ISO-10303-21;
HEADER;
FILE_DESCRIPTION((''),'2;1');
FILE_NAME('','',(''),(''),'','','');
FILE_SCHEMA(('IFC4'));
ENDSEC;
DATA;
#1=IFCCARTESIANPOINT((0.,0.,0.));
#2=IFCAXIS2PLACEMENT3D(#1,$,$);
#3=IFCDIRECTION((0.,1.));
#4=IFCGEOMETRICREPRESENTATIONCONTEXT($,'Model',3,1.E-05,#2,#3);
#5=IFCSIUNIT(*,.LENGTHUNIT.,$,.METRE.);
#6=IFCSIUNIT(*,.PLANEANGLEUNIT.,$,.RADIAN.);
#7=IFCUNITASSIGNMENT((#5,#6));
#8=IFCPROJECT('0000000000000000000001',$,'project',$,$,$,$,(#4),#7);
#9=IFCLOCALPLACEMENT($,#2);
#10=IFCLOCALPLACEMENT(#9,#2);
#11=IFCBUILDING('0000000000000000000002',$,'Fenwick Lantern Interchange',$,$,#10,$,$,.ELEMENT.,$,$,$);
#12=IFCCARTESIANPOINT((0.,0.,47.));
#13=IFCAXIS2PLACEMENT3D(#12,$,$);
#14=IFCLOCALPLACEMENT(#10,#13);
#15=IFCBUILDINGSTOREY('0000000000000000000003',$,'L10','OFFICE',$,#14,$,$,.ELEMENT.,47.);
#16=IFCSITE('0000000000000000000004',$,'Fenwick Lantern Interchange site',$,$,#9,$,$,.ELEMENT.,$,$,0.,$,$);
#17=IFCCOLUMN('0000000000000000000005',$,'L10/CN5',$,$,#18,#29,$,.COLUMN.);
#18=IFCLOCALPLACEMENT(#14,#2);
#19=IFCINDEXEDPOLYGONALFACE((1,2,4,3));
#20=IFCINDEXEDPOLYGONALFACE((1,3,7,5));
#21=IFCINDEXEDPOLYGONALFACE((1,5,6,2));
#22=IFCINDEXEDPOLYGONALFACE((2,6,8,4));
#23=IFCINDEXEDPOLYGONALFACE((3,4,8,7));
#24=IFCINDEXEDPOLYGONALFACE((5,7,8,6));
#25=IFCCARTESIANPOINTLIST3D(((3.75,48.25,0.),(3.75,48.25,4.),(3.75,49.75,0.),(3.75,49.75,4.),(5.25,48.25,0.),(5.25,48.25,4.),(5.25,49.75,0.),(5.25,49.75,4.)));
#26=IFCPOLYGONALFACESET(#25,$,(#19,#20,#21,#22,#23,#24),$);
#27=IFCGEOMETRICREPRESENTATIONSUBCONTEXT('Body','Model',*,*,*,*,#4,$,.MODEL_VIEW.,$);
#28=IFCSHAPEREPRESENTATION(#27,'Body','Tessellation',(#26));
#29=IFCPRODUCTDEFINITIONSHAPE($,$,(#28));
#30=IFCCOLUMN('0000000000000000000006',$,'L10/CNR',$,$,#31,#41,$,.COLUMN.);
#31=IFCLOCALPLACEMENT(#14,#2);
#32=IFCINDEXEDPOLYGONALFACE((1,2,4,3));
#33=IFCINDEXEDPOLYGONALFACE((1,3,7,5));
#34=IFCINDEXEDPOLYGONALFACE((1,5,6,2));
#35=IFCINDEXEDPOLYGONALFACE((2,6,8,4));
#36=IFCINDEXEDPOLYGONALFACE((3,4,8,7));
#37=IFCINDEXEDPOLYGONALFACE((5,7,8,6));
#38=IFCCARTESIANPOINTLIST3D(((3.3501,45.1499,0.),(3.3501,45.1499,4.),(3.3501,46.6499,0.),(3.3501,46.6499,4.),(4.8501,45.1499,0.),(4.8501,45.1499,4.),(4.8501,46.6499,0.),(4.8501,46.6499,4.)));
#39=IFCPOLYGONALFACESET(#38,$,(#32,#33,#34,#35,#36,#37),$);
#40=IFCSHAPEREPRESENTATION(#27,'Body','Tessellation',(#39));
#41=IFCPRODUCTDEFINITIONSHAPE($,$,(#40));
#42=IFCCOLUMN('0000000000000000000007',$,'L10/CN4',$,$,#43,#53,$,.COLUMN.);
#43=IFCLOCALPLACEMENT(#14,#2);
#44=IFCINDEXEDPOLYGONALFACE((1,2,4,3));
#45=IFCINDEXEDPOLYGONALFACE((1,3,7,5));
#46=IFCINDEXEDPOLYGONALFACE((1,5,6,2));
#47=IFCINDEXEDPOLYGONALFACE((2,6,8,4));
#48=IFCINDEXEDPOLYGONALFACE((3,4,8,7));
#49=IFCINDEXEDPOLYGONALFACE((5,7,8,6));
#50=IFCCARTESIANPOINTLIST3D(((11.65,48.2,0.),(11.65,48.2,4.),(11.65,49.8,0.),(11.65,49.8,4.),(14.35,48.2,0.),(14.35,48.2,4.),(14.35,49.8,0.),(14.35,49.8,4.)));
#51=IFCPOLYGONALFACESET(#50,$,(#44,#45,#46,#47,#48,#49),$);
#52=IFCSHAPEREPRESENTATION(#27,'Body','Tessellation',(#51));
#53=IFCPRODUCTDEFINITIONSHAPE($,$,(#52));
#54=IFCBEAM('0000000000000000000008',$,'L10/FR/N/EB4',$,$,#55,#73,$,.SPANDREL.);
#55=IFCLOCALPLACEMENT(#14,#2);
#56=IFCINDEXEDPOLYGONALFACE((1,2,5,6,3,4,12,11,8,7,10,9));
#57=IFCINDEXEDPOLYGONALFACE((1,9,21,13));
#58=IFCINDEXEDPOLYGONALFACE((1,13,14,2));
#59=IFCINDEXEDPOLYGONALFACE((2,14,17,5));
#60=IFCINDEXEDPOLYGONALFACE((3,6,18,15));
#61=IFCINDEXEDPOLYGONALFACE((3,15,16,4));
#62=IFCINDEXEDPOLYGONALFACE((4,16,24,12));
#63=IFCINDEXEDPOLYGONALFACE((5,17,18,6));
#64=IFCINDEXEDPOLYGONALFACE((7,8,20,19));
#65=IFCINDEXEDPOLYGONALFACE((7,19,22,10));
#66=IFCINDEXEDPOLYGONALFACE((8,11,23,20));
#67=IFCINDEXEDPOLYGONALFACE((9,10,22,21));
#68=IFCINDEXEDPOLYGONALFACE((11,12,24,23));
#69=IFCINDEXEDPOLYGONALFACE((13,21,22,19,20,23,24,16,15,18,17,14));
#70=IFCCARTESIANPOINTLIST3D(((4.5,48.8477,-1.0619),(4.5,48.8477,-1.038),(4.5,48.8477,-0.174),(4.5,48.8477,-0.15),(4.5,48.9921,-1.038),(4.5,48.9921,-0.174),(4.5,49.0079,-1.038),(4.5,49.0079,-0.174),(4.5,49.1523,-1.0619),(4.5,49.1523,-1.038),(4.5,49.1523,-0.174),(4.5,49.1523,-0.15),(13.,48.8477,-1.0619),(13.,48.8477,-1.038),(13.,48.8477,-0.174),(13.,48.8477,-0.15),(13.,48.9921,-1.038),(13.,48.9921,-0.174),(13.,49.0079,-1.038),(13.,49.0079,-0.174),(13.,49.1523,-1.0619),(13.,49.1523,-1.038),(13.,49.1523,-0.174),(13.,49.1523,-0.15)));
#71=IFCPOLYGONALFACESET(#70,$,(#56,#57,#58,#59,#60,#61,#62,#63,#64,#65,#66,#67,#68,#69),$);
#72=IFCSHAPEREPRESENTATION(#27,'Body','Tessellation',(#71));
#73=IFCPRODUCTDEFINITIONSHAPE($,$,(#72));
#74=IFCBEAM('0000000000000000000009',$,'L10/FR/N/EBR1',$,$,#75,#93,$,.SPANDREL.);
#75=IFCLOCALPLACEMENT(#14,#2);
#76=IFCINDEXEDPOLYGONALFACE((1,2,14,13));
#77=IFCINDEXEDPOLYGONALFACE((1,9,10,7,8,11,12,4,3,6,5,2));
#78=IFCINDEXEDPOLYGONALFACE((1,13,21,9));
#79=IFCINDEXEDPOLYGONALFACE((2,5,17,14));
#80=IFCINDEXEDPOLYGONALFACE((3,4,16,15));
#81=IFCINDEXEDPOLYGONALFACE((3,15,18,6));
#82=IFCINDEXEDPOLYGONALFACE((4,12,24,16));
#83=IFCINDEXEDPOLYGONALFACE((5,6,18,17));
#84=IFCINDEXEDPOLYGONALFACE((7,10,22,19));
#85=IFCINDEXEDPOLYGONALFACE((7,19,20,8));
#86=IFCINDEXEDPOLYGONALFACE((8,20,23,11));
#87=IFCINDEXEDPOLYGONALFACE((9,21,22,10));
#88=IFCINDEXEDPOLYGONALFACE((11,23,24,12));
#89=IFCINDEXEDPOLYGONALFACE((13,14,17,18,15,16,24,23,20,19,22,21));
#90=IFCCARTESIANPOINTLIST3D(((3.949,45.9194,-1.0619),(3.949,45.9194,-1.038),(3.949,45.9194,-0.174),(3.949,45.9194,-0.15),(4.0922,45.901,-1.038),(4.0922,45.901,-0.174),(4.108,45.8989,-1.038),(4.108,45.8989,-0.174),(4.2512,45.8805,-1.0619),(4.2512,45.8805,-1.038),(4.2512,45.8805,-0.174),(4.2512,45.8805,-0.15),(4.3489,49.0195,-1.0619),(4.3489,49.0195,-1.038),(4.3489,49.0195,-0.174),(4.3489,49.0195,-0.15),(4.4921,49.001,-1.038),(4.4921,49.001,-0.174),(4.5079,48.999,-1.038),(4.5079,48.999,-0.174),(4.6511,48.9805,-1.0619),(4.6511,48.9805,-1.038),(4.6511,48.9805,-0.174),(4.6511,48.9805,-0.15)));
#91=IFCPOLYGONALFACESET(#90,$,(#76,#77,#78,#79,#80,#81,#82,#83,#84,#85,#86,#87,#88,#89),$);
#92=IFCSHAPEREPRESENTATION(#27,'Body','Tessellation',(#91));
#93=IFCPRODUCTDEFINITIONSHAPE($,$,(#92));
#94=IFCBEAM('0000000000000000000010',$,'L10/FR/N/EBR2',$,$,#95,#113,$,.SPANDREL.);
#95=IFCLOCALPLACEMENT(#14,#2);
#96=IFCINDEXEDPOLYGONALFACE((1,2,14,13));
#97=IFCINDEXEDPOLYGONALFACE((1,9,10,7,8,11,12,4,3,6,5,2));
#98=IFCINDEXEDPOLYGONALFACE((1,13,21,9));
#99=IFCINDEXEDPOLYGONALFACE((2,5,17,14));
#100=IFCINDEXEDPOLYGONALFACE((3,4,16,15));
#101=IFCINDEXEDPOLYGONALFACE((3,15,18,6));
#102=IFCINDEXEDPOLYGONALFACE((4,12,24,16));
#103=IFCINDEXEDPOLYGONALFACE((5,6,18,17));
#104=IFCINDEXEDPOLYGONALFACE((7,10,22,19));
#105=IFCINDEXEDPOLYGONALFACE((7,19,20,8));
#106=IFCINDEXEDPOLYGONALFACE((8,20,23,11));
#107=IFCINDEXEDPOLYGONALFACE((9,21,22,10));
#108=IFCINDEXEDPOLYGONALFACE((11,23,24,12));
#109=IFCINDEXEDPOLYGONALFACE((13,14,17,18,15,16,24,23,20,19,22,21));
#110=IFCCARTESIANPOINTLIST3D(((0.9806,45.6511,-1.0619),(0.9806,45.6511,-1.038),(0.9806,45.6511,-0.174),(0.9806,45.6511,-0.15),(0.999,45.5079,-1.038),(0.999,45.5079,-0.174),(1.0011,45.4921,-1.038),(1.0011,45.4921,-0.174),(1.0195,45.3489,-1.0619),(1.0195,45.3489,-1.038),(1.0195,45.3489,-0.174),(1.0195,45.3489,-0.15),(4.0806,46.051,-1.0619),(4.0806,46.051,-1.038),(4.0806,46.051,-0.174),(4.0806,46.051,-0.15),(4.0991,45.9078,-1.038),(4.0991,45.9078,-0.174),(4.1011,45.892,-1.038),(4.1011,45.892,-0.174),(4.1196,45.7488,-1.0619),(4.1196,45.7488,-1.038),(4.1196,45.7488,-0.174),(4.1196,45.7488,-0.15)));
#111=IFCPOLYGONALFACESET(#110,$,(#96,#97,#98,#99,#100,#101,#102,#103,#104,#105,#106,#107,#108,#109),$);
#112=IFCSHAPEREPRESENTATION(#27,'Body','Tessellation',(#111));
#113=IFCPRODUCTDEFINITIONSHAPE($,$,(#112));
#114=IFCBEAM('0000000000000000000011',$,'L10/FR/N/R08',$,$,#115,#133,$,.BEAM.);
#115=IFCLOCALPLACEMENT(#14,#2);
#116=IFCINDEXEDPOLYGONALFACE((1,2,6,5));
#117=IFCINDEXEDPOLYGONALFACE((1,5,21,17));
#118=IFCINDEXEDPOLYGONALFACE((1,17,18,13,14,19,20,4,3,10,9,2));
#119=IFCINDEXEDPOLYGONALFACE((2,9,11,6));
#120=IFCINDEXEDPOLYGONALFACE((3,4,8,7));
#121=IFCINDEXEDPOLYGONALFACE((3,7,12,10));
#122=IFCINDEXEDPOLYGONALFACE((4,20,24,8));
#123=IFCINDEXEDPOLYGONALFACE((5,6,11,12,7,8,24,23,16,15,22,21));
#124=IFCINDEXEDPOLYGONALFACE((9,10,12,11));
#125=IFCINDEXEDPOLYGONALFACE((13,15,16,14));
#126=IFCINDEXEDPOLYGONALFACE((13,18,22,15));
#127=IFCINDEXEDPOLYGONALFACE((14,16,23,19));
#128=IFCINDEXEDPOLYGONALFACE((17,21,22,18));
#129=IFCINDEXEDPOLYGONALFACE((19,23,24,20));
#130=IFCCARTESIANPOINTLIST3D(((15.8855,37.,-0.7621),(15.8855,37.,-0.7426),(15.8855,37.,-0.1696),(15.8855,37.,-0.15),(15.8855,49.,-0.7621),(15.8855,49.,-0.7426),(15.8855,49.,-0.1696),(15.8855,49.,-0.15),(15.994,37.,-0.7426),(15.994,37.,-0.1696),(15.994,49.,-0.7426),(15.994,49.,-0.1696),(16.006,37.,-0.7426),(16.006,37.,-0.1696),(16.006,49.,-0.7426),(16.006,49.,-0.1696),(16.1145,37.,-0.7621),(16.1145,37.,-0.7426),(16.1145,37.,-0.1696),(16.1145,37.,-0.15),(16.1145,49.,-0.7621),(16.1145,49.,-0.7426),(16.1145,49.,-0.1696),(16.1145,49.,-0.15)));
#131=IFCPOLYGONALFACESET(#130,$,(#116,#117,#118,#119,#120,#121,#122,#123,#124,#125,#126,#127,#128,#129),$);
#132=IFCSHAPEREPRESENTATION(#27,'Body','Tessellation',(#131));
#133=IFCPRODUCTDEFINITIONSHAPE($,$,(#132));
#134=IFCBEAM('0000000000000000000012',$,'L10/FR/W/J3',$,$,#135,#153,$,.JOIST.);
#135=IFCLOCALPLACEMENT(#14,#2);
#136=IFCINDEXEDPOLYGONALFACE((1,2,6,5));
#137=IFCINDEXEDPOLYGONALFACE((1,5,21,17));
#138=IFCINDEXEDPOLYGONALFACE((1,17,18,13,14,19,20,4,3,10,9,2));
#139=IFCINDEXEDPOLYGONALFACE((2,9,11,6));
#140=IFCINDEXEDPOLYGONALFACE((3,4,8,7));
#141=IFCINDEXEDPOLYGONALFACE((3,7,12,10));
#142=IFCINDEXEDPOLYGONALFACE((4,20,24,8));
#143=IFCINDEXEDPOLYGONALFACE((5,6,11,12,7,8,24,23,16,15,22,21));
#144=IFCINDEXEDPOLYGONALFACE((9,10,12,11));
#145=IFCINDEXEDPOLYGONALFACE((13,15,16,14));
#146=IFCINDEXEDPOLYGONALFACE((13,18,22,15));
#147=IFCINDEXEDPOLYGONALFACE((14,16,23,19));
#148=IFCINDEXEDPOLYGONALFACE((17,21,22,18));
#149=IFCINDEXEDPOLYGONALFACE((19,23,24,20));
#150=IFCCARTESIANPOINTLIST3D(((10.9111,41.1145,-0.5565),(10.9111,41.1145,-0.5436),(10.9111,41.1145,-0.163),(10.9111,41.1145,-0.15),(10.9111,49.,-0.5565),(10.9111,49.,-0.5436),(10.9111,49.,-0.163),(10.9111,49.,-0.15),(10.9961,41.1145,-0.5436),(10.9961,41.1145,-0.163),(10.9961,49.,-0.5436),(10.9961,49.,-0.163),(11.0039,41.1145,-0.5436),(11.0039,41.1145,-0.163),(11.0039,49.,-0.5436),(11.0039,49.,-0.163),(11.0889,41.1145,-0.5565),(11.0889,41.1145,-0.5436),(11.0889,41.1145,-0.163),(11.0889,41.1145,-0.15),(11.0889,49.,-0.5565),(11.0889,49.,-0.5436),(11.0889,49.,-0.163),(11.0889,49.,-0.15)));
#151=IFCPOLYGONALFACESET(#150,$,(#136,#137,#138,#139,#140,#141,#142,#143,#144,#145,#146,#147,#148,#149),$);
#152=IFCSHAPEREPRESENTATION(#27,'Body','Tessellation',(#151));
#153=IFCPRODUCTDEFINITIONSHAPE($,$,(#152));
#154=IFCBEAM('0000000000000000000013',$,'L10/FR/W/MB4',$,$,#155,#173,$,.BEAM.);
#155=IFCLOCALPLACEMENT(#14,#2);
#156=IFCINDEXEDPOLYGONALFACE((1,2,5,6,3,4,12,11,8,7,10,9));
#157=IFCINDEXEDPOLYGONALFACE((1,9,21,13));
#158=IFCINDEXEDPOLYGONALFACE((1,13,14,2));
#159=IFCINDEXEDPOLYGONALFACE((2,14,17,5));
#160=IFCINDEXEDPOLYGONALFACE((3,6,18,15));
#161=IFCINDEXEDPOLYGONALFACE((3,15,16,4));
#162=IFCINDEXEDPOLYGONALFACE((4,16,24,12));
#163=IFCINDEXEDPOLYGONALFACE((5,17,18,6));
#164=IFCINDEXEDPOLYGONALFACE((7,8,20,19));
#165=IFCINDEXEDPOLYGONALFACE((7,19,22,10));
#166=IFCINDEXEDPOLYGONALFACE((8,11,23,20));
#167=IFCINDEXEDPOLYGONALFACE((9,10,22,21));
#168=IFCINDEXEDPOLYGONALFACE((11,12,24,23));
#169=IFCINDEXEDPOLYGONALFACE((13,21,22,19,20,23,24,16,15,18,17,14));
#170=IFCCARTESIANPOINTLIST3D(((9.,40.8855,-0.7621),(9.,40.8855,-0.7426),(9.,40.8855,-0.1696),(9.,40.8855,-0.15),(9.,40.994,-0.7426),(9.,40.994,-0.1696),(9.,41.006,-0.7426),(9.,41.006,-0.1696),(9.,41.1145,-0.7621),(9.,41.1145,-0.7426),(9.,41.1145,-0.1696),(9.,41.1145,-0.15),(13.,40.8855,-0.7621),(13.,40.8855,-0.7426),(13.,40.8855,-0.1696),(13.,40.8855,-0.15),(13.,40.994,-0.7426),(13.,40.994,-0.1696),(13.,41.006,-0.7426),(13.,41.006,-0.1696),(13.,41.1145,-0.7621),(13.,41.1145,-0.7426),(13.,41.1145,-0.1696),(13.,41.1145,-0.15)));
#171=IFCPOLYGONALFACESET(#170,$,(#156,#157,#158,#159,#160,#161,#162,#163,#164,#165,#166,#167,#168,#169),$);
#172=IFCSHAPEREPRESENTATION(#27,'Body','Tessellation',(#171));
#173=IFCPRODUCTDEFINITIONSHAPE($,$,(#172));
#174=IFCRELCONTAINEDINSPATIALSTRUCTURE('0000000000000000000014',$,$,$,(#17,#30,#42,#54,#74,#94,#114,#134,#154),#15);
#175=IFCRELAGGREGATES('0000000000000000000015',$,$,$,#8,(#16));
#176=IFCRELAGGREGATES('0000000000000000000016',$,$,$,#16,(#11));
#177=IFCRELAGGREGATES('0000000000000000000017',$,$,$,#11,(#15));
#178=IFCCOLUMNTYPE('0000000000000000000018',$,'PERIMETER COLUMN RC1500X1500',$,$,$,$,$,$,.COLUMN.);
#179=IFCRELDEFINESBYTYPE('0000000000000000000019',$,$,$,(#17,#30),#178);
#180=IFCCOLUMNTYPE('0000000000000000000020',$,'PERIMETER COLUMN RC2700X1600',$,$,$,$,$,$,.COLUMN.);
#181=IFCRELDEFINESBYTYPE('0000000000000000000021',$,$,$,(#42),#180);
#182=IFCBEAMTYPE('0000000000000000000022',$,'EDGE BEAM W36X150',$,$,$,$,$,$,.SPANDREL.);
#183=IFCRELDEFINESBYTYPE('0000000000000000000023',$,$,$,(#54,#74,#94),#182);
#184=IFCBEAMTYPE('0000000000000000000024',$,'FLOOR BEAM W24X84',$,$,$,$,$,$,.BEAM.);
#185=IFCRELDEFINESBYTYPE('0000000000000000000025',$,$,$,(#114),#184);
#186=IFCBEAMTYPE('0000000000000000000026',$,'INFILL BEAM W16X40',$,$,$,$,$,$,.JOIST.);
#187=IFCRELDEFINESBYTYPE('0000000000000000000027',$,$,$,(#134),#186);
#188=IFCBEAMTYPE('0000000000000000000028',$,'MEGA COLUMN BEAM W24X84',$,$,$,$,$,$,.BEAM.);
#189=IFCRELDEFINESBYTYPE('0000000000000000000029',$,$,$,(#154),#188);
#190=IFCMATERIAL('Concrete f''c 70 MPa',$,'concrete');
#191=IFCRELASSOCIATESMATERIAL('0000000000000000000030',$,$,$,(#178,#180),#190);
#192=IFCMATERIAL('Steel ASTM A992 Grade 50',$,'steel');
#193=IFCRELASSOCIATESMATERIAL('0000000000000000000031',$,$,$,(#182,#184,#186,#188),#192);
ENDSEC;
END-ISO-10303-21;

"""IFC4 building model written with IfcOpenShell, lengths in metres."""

from ifc_helpers import new_model, si_unit, direction, frame, origin, origin_2d, place, context, subcontext, project, spatial, rectangle, i_section, extrude, material, material_profile, profile_set, type_object, element, save


model = new_model("IFC4")

# Units and contexts
model_context = context("Model", 3, precision=1e-05, world=origin(), true_north=direction((0.0, 1.0)))
body_context = subcontext(model_context, "Body", "Model", "MODEL_VIEW")
ifc_project = project(units=[si_unit("LENGTHUNIT", "METRE"), si_unit("PLANEANGLEUNIT", "RADIAN")], contexts=[model_context])

# Site, building, storey
site_placement = place(None, origin())
site = spatial("IfcSite", under=ifc_project, at=site_placement, Name="Fenwick Lantern Interchange site", CompositionType="ELEMENT", RefElevation=0.0)
building_placement = place(site_placement, origin())
building = spatial("IfcBuilding", under=site, at=building_placement, Name="Fenwick Lantern Interchange", CompositionType="ELEMENT")
storey_placement = place(building_placement, frame((0.0, 0.0, 47.0)))
storey = spatial("IfcBuildingStorey", under=building, at=storey_placement, Name="L10", Description="OFFICE", CompositionType="ELEMENT", Elevation=47.0)

# Columns
ifc_material_1 = material(Name="Concrete f'c 70 MPa", Category="concrete")
ifc_material_profile_1 = material_profile(ifc_material_1, rectangle(XDim=1.5, YDim=1.5, at=origin_2d()), Name="RC1500X1500")
ifc_profile_set_1 = profile_set([ifc_material_profile_1], Name="Concrete f'c 70 MPa")
column_type_1 = type_object("IfcColumnType", Name="PERIMETER COLUMN RC1500X1500", PredefinedType="COLUMN", material=ifc_profile_set_1)
for number, where, z_axis, x_axis, name in (
    (1, (4.5, 49.0, 0.0), (0.0, 0.0, 1.0), (1.0, 0.0, 0.0), "L10/CN5"),
    (2, (4.1001, 45.8999, 0.0), (0.0, 0.0, 1.0), (1.0, 0.0, 0.0), "L10/CNR"),
):
    element("IfcColumn", number, at=place(storey_placement, frame(where, z_axis=z_axis, x_axis=x_axis)), inside=storey, type_object=column_type_1, Name=name, PredefinedType="COLUMN", context=body_context, shape_type="SweptSolid", body=[
        extrude(rectangle(XDim=1.5, YDim=1.5, at=origin_2d()), origin(), (0.0, 0.0, 1.0), 4.0),
    ])
ifc_material_profile_2 = material_profile(ifc_material_1, rectangle(XDim=2.7, YDim=1.6001, at=origin_2d()), Name="RC2700X1600")
ifc_profile_set_2 = profile_set([ifc_material_profile_2], Name="Concrete f'c 70 MPa")
column_type_2 = type_object("IfcColumnType", Name="PERIMETER COLUMN RC2700X1600", PredefinedType="COLUMN", material=ifc_profile_set_2)
column_placement = place(storey_placement, frame((13.0, 49.0, 0.0), z_axis=(0.0, 0.0, 1.0), x_axis=(1.0, 0.0, 0.0)))
element("IfcColumn", 3, at=column_placement, inside=storey, type_object=column_type_2, Name="L10/CN4", PredefinedType="COLUMN", context=body_context, shape_type="SweptSolid", body=[
    extrude(rectangle(XDim=2.7, YDim=1.6001, at=origin_2d()), origin(), (0.0, 0.0, 1.0), 4.0),
])

# Beams
ifc_material_2 = material(Name="Steel ASTM A992 Grade 50", Category="steel")
ifc_material_profile_3 = material_profile(ifc_material_2, i_section(OverallWidth=0.3047, OverallDepth=0.9119, WebThickness=0.0159, FlangeThickness=0.0239, at=origin_2d()), Name="W36X150")
ifc_profile_set_3 = profile_set([ifc_material_profile_3], Name="Steel ASTM A992 Grade 50")
beam_type_1 = type_object("IfcBeamType", Name="EDGE BEAM W36X150", PredefinedType="SPANDREL", material=ifc_profile_set_3)
beam_1_placement = place(storey_placement, frame((13.0, 49.0, -0.606), z_axis=(-1.0, 0.0, 0.0), x_axis=(0.0, -1.0, 0.0)))
element("IfcBeam", 4, at=beam_1_placement, inside=storey, type_object=beam_type_1, Name="L10/FR/N/EB4", PredefinedType="SPANDREL", context=body_context, shape_type="SweptSolid", body=[
    extrude(i_section(OverallWidth=0.3047, OverallDepth=0.9119, WebThickness=0.0159, FlangeThickness=0.0239, at=origin_2d()), origin(), (0.0, 0.0, 1.0), 8.5),
])
for number, where, z_axis, x_axis, name in (
    (5, (4.5, 49.0, -0.606), (-0.127937, -0.991782, 0.0), (0.991782, -0.127937, 0.0), "L10/FR/N/EBR1"),
    (6, (4.1001, 45.8999, -0.606), (-0.991782, -0.127937, 0.0), (0.127937, -0.991782, 0.0), "L10/FR/N/EBR2"),
):
    element("IfcBeam", number, at=place(storey_placement, frame(where, z_axis=z_axis, x_axis=x_axis)), inside=storey, type_object=beam_type_1, Name=name, PredefinedType="SPANDREL", context=body_context, shape_type="SweptSolid", body=[
        extrude(i_section(OverallWidth=0.3047, OverallDepth=0.9119, WebThickness=0.0159, FlangeThickness=0.0239, at=origin_2d()), origin(), (0.0, 0.0, 1.0), 3.1257),
    ])
ifc_material_profile_4 = material_profile(ifc_material_2, i_section(OverallWidth=0.229, OverallDepth=0.6121, WebThickness=0.012, FlangeThickness=0.0195, at=origin_2d()), Name="W24X84")
ifc_profile_set_4 = profile_set([ifc_material_profile_4], Name="Steel ASTM A992 Grade 50")
beam_type_2 = type_object("IfcBeamType", Name="FLOOR BEAM W24X84", PredefinedType="BEAM", material=ifc_profile_set_4)
beam_2_placement = place(storey_placement, frame((16.0, 49.0, -0.4561), z_axis=(0.0, -1.0, 0.0), x_axis=(1.0, 0.0, 0.0)))
element("IfcBeam", 7, at=beam_2_placement, inside=storey, type_object=beam_type_2, Name="L10/FR/N/R08", PredefinedType="BEAM", context=body_context, shape_type="SweptSolid", body=[
    extrude(i_section(OverallWidth=0.229, OverallDepth=0.6121, WebThickness=0.012, FlangeThickness=0.0195, at=origin_2d()), origin(), (0.0, 0.0, 1.0), 12.0),
])
ifc_material_profile_5 = material_profile(ifc_material_2, i_section(OverallWidth=0.1777, OverallDepth=0.4065, WebThickness=0.0078, FlangeThickness=0.0129, at=origin_2d()), Name="W16X40")
ifc_profile_set_5 = profile_set([ifc_material_profile_5], Name="Steel ASTM A992 Grade 50")
beam_type_3 = type_object("IfcBeamType", Name="INFILL BEAM W16X40", PredefinedType="JOIST", material=ifc_profile_set_5)
beam_3_placement = place(storey_placement, frame((11.0, 49.0, -0.3533), z_axis=(0.0, -1.0, 0.0), x_axis=(1.0, 0.0, 0.0)))
element("IfcBeam", 8, at=beam_3_placement, inside=storey, type_object=beam_type_3, Name="L10/FR/W/J3", PredefinedType="JOIST", context=body_context, shape_type="SweptSolid", body=[
    extrude(i_section(OverallWidth=0.1777, OverallDepth=0.4065, WebThickness=0.0078, FlangeThickness=0.0129, at=origin_2d()), origin(), (0.0, 0.0, 1.0), 7.8855),
])
ifc_material_profile_6 = material_profile(ifc_material_2, i_section(OverallWidth=0.229, OverallDepth=0.6121, WebThickness=0.012, FlangeThickness=0.0195, at=origin_2d()), Name="W24X84")
ifc_profile_set_6 = profile_set([ifc_material_profile_6], Name="Steel ASTM A992 Grade 50")
beam_type_4 = type_object("IfcBeamType", Name="MEGA COLUMN BEAM W24X84", PredefinedType="BEAM", material=ifc_profile_set_6)
beam_4_placement = place(storey_placement, frame((9.0, 41.0, -0.4561), z_axis=(1.0, 0.0, 0.0), x_axis=(0.0, 1.0, 0.0)))
element("IfcBeam", 9, at=beam_4_placement, inside=storey, type_object=beam_type_4, Name="L10/FR/W/MB4", PredefinedType="BEAM", context=body_context, shape_type="SweptSolid", body=[
    extrude(i_section(OverallWidth=0.229, OverallDepth=0.6121, WebThickness=0.012, FlangeThickness=0.0195, at=origin_2d()), origin(), (0.0, 0.0, 1.0), 4.0),
])

save(model, "model.ifc")
